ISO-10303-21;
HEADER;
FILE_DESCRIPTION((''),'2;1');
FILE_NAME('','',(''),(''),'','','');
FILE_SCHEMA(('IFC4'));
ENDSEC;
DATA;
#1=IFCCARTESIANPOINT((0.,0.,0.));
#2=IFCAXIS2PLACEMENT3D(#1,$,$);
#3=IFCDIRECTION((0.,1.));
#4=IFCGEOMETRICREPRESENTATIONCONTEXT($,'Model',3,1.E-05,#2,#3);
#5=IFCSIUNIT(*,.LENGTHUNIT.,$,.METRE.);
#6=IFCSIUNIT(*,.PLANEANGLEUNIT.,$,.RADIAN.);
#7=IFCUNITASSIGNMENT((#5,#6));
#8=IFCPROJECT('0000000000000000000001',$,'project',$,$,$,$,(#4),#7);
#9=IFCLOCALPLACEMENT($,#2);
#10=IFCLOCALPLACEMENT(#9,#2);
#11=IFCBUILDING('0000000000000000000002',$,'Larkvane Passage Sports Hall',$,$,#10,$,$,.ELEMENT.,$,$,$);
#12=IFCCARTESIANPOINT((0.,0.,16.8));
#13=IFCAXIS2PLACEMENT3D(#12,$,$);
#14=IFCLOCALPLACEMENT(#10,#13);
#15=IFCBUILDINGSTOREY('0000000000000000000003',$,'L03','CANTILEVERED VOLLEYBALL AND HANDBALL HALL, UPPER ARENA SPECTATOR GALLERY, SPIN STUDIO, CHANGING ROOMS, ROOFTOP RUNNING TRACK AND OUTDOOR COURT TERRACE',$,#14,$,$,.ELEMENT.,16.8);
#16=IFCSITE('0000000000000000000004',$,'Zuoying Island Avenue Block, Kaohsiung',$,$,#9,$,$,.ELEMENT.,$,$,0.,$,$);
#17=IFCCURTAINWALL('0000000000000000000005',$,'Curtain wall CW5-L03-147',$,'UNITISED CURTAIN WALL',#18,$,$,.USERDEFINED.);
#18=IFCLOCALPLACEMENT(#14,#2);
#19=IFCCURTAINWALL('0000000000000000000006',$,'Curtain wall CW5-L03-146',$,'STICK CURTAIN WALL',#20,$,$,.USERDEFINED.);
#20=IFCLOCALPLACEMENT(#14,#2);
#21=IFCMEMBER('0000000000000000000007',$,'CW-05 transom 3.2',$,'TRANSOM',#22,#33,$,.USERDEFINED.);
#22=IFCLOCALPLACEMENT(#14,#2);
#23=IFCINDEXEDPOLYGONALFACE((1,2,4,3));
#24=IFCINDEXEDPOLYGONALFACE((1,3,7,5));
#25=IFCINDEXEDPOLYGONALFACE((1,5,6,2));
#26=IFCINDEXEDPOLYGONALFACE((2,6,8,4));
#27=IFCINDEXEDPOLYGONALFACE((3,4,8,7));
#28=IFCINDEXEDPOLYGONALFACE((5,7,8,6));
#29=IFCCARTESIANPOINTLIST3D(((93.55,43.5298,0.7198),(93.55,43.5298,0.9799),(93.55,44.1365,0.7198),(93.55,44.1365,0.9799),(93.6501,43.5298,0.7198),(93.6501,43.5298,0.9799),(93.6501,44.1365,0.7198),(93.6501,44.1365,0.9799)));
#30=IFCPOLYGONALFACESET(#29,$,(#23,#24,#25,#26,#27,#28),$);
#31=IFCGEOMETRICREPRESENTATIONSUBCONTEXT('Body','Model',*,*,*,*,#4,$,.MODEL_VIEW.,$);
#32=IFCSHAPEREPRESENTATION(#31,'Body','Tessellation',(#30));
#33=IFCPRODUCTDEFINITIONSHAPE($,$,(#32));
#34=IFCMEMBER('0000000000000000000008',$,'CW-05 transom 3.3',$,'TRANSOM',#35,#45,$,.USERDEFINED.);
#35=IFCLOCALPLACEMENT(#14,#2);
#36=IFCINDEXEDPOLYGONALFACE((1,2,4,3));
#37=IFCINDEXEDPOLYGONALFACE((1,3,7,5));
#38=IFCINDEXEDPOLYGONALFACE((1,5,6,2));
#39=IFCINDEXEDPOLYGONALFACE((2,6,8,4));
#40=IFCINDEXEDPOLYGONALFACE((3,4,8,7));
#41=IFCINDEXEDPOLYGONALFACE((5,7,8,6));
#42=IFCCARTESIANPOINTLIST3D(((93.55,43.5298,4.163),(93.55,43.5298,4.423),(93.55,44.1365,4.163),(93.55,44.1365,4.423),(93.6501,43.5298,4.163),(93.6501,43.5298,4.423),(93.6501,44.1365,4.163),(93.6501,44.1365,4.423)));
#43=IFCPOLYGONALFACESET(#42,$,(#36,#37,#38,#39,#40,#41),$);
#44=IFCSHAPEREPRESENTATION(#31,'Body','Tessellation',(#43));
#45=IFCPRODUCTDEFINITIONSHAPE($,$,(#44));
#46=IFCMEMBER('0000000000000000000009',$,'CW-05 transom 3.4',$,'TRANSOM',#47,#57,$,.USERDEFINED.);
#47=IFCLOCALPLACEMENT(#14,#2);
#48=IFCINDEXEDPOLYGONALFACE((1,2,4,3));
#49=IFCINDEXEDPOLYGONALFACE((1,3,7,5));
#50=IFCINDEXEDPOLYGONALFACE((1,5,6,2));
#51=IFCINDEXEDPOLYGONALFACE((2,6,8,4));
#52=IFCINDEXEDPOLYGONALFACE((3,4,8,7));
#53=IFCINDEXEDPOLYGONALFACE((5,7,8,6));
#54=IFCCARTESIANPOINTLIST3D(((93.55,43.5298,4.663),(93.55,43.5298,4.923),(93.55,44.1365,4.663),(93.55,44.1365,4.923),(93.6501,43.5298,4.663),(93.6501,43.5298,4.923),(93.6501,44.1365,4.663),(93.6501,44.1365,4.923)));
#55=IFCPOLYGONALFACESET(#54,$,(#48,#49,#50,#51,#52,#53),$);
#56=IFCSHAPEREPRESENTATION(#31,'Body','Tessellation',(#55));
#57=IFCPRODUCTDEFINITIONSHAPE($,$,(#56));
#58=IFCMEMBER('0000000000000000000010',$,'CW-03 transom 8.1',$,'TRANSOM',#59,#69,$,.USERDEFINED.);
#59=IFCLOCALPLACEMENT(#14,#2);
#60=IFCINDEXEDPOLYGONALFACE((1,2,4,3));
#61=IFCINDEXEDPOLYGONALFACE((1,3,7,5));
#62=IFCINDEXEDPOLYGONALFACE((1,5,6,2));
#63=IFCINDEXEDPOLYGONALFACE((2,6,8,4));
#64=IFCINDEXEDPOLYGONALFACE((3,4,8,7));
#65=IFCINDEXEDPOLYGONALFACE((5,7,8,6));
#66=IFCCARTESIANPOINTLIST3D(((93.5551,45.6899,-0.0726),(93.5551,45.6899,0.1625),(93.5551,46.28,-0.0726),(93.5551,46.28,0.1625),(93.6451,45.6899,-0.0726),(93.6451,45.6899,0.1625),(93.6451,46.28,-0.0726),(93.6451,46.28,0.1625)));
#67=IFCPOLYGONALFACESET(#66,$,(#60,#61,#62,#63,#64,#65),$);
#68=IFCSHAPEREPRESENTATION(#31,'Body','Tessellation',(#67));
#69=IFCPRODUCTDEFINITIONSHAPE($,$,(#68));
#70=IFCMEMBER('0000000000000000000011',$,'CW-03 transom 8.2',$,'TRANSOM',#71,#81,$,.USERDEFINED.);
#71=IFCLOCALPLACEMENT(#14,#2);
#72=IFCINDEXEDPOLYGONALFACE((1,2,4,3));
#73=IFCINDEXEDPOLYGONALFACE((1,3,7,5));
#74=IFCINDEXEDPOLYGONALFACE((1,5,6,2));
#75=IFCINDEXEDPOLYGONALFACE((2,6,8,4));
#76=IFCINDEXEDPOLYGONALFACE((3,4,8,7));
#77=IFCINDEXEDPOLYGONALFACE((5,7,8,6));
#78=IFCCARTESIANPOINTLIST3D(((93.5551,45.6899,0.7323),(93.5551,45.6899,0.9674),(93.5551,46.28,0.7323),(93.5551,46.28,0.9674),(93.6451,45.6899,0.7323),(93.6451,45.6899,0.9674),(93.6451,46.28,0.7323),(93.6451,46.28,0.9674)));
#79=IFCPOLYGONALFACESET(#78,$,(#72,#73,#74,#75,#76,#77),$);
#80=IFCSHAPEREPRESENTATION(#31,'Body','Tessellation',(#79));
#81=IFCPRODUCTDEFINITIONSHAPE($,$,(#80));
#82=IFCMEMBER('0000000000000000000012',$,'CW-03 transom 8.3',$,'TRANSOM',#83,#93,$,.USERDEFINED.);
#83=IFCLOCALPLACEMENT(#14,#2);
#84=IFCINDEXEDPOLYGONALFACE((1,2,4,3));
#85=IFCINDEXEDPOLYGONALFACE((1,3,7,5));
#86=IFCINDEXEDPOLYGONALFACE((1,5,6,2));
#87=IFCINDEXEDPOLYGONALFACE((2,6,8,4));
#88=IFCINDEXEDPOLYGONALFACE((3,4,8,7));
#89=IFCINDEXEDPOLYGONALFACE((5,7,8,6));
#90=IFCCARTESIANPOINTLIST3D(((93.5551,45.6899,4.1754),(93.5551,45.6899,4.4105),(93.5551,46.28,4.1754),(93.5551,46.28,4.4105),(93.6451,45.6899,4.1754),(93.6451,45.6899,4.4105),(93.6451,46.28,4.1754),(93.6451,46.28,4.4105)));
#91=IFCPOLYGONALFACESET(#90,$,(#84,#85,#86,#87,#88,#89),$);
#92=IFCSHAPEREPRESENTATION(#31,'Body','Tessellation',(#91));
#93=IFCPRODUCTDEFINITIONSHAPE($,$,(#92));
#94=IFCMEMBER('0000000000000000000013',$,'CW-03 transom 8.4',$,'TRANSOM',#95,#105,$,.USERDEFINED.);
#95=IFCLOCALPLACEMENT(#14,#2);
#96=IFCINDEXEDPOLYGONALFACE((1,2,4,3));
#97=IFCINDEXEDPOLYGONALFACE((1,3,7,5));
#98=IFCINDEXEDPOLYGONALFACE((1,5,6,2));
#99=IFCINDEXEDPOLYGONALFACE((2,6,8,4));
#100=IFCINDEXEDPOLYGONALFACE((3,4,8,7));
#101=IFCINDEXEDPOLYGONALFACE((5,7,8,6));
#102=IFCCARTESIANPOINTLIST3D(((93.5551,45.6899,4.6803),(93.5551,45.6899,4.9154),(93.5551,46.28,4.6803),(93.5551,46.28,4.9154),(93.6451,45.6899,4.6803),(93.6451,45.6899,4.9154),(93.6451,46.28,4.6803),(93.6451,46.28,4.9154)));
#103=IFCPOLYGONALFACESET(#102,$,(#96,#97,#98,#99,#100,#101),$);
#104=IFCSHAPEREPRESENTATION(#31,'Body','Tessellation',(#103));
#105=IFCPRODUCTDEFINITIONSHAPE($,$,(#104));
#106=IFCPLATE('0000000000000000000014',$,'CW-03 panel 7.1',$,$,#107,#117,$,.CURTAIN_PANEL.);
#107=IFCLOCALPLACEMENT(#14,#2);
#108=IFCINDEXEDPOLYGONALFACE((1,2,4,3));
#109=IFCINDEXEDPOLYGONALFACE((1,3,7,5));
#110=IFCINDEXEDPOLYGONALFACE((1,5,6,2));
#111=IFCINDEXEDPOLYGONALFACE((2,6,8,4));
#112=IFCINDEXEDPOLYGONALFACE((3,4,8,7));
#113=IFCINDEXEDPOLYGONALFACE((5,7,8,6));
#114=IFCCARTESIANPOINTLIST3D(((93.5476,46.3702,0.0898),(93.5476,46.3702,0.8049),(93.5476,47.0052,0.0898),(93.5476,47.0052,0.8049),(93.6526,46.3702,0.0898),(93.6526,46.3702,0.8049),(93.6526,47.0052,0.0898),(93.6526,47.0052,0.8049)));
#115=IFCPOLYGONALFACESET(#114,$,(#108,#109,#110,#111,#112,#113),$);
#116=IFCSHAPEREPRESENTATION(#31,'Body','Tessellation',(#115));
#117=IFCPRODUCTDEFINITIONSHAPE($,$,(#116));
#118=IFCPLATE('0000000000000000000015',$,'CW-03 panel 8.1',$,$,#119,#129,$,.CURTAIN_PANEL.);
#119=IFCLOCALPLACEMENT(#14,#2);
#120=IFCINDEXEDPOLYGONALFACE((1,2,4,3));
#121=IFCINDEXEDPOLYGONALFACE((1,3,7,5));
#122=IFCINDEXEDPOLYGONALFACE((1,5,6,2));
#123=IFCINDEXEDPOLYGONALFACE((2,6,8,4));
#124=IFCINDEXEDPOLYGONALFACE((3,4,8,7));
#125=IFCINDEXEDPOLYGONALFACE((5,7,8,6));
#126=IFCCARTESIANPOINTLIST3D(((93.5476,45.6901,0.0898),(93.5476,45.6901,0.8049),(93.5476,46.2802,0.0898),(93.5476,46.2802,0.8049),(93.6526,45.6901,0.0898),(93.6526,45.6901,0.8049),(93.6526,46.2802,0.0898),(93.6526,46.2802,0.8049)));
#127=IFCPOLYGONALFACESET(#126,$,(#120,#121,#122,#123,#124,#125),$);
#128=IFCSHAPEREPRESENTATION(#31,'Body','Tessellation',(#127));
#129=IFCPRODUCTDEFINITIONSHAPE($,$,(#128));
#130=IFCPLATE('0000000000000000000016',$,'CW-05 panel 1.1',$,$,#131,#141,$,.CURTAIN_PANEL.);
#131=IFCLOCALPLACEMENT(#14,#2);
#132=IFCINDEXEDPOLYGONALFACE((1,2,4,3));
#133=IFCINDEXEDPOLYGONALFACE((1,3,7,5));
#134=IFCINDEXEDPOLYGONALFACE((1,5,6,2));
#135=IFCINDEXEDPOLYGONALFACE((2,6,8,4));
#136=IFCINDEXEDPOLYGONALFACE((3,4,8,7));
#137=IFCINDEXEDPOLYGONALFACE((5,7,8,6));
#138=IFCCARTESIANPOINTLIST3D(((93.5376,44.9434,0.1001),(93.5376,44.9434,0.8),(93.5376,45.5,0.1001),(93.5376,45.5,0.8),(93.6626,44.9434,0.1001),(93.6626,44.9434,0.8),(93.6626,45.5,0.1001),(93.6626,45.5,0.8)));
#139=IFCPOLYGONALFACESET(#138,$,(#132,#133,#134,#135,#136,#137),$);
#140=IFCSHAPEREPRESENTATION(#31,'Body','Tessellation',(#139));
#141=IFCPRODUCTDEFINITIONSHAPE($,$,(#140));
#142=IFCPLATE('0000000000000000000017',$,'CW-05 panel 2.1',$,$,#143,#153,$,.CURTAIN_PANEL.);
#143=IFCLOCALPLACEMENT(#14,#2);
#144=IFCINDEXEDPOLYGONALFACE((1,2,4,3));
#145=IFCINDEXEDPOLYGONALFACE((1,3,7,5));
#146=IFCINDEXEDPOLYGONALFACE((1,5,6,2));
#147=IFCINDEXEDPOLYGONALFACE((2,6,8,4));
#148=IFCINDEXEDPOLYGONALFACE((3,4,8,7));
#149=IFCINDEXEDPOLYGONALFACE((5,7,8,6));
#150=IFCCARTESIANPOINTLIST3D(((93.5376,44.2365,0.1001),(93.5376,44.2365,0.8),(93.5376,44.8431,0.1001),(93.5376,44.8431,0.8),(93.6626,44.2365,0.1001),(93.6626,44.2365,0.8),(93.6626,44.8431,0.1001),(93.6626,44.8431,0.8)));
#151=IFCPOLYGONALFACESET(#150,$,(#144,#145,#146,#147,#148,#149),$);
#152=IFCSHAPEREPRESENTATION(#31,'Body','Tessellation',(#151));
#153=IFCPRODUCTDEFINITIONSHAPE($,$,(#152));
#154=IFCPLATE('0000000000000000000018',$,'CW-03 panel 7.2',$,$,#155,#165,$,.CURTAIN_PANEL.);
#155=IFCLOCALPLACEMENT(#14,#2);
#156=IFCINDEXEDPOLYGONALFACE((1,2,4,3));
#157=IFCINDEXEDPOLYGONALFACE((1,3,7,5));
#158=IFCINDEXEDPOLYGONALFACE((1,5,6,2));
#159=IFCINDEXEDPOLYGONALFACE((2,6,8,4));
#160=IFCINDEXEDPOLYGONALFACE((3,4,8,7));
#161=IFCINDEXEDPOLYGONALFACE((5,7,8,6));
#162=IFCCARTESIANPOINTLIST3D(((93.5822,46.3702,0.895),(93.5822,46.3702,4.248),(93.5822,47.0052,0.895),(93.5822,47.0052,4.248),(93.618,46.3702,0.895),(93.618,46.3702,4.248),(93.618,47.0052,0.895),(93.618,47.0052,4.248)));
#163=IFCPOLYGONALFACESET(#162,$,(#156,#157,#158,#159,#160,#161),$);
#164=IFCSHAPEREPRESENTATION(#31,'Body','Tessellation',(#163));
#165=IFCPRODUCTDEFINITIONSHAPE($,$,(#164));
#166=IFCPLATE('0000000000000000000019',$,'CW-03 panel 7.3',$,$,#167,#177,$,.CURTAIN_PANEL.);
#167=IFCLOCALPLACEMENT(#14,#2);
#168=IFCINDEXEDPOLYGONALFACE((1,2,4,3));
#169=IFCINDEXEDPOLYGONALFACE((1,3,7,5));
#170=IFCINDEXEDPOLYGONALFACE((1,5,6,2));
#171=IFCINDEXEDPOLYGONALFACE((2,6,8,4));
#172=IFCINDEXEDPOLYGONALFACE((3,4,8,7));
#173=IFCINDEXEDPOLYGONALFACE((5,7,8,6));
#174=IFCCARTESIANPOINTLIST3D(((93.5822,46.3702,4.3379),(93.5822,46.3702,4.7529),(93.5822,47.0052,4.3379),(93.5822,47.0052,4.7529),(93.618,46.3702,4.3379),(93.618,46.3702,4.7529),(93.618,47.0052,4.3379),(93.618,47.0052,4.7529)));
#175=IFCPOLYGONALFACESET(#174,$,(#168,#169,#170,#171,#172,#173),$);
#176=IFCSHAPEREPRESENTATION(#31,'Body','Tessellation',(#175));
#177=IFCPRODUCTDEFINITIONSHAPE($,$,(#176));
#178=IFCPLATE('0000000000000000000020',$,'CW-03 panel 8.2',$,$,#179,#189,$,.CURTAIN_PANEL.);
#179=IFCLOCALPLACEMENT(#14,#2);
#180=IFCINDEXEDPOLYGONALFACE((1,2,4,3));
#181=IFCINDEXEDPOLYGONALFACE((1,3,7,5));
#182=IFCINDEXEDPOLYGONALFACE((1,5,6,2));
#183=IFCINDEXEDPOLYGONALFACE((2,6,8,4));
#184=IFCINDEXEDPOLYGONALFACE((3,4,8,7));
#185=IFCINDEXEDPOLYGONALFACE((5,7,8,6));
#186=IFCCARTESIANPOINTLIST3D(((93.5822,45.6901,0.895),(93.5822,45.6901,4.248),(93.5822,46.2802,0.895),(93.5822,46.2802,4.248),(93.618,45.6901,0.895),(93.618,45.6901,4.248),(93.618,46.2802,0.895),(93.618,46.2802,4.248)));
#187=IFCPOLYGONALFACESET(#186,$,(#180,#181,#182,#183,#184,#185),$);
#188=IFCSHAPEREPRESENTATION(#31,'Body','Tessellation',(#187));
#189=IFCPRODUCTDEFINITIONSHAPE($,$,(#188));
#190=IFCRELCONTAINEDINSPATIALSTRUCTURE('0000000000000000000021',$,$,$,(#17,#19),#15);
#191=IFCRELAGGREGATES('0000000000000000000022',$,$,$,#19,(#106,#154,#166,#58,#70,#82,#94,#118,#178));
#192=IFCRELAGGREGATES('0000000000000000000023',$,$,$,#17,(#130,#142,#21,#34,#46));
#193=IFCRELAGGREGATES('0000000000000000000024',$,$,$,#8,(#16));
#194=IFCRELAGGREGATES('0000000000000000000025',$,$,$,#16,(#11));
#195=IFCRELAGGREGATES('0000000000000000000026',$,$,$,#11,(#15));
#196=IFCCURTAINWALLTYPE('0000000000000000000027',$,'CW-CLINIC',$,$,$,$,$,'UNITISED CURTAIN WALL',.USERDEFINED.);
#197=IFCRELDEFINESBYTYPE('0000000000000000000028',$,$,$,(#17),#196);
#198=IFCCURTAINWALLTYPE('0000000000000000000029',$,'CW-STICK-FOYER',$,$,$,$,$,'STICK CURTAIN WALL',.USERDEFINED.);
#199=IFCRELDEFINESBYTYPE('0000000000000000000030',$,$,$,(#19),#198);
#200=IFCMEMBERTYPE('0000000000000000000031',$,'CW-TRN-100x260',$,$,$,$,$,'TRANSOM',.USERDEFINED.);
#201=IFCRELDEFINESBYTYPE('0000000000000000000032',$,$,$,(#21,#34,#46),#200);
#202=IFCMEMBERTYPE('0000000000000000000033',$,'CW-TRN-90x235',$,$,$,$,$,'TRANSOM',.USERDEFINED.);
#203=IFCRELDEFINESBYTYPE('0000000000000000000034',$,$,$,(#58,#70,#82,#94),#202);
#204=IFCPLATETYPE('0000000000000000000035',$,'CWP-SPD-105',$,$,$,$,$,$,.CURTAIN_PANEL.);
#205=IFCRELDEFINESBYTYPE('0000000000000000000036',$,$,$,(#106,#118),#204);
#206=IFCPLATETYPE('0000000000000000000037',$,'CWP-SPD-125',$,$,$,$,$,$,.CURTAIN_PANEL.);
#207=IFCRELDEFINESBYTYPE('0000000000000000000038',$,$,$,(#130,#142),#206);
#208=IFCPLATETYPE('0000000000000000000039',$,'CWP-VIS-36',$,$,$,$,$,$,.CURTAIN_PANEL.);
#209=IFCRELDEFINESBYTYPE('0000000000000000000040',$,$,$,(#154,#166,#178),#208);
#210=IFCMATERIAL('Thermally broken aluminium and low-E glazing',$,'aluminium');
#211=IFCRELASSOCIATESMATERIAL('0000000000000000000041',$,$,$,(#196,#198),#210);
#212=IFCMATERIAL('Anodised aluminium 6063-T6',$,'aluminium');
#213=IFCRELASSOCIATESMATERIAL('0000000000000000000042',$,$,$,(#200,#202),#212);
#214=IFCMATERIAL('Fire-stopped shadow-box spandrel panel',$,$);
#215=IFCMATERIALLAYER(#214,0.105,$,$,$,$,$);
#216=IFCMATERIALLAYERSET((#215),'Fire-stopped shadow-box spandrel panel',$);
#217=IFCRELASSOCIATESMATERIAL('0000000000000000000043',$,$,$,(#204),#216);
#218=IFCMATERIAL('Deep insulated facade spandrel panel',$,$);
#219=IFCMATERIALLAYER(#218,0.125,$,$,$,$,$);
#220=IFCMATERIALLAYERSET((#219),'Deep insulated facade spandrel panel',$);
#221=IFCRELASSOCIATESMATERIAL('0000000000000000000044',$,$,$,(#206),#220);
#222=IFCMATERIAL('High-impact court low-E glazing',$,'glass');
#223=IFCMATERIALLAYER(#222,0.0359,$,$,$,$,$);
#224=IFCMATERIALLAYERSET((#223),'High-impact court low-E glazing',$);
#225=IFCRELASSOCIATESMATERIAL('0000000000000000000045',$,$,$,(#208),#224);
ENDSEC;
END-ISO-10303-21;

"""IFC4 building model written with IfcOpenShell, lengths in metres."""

from ifc_helpers import new_model, si_unit, direction, frame, origin, origin_2d, place, context, subcontext, project, spatial, rectangle, extrude, material, layer, layer_set, material_profile, profile_set, type_object, element, aggregate, save


model = new_model("IFC4")

# Units and contexts
model_context = context("Model", 3, precision=1e-05, world=origin(), true_north=direction((0.0, 1.0)))
body_context = subcontext(model_context, "Body", "Model", "MODEL_VIEW")
ifc_project = project(units=[si_unit("LENGTHUNIT", "METRE"), si_unit("PLANEANGLEUNIT", "RADIAN")], contexts=[model_context])

# Site, building, storey
site_placement = place(None, origin())
site = spatial("IfcSite", under=ifc_project, at=site_placement, Name="Zuoying Island Avenue Block, Kaohsiung", CompositionType="ELEMENT", RefElevation=0.0)
building_placement = place(site_placement, origin())
building = spatial("IfcBuilding", under=site, at=building_placement, Name="Larkvane Passage Sports Hall", CompositionType="ELEMENT")
storey_placement = place(building_placement, frame((0.0, 0.0, 16.8)))
storey = spatial("IfcBuildingStorey", under=building, at=storey_placement, Name="L03", Description="CANTILEVERED VOLLEYBALL AND HANDBALL HALL, UPPER ARENA SPECTATOR GALLERY, SPIN STUDIO, CHANGING ROOMS, ROOFTOP RUNNING TRACK AND OUTDOOR COURT TERRACE", CompositionType="ELEMENT", Elevation=16.8)

# Curtain walls
ifc_material_1 = material(Name="Thermally broken aluminium and low-E glazing", Category="aluminium")
curtain_wall_type_1 = type_object("IfcCurtainWallType", Name="CW-CLINIC", ElementType="UNITISED CURTAIN WALL", PredefinedType="USERDEFINED", material=ifc_material_1)
curtain_wall_1_placement = place(storey_placement, origin())
curtain_wall_1 = element("IfcCurtainWall", 1, at=curtain_wall_1_placement, inside=storey, type_object=curtain_wall_type_1, Name="Curtain wall CW5-L03-147", ObjectType="UNITISED CURTAIN WALL", PredefinedType="USERDEFINED")
ifc_material_2 = material(Name="Anodised aluminium 6063-T6", Category="aluminium")
curtain_wall_type_2 = type_object("IfcCurtainWallType", Name="CW-STICK-FOYER", ElementType="STICK CURTAIN WALL", PredefinedType="USERDEFINED", material=ifc_material_1)
curtain_wall_2_placement = place(storey_placement, origin())
curtain_wall_2 = element("IfcCurtainWall", 2, at=curtain_wall_2_placement, inside=storey, type_object=curtain_wall_type_2, Name="Curtain wall CW5-L03-146", ObjectType="STICK CURTAIN WALL", PredefinedType="USERDEFINED")

# Members
ifc_material_profile_1 = material_profile(ifc_material_2, rectangle(XDim=0.1001, YDim=0.26, at=origin_2d()), Name="ALU-TRN-100x260")
ifc_profile_set_1 = profile_set([ifc_material_profile_1], Name="Anodised aluminium 6063-T6")
member_type_1 = type_object("IfcMemberType", Name="CW-TRN-100x260", ElementType="TRANSOM", PredefinedType="USERDEFINED", material=ifc_profile_set_1)
member_1_placement = place(storey_placement, frame((93.6001, 44.1365, 0.8499), z_axis=(0.0, -1.0, 0.0), x_axis=(1.0, 0.0, 0.0)))
member_1 = element("IfcMember", 3, at=member_1_placement, type_object=member_type_1, Name="CW-05 transom 3.2", ObjectType="TRANSOM", PredefinedType="USERDEFINED", context=body_context, shape_type="SweptSolid", body=[
    extrude(rectangle(XDim=0.1001, YDim=0.26, at=origin_2d()), origin(), (0.0, 0.0, 1.0), 0.6067),
])
member_2_placement = place(storey_placement, frame((93.6001, 44.1365, 4.293), z_axis=(0.0, -1.0, 0.0), x_axis=(1.0, 0.0, 0.0)))
member_2 = element("IfcMember", 4, at=member_2_placement, type_object=member_type_1, Name="CW-05 transom 3.3", ObjectType="TRANSOM", PredefinedType="USERDEFINED", context=body_context, shape_type="SweptSolid", body=[
    extrude(rectangle(XDim=0.1001, YDim=0.26, at=origin_2d()), origin(), (0.0, 0.0, 1.0), 0.6067),
])
member_3_placement = place(storey_placement, frame((93.6001, 44.1365, 4.793), z_axis=(0.0, -1.0, 0.0), x_axis=(1.0, 0.0, 0.0)))
member_3 = element("IfcMember", 5, at=member_3_placement, type_object=member_type_1, Name="CW-05 transom 3.4", ObjectType="TRANSOM", PredefinedType="USERDEFINED", context=body_context, shape_type="SweptSolid", body=[
    extrude(rectangle(XDim=0.1001, YDim=0.26, at=origin_2d()), origin(), (0.0, 0.0, 1.0), 0.6067),
])
ifc_material_profile_2 = material_profile(ifc_material_2, rectangle(XDim=0.0901, YDim=0.2351, at=origin_2d()), Name="ALU-TRN-90x235")
ifc_profile_set_2 = profile_set([ifc_material_profile_2], Name="Anodised aluminium 6063-T6")
member_type_2 = type_object("IfcMemberType", Name="CW-TRN-90x235", ElementType="TRANSOM", PredefinedType="USERDEFINED", material=ifc_profile_set_2)
member_4_placement = place(storey_placement, frame((93.6001, 46.28, 0.0449), z_axis=(0.0, -1.0, 0.0), x_axis=(1.0, 0.0, 0.0)))
member_4 = element("IfcMember", 6, at=member_4_placement, type_object=member_type_2, Name="CW-03 transom 8.1", ObjectType="TRANSOM", PredefinedType="USERDEFINED", context=body_context, shape_type="SweptSolid", body=[
    extrude(rectangle(XDim=0.0901, YDim=0.2351, at=origin_2d()), origin(), (0.0, 0.0, 1.0), 0.5901),
])
member_5_placement = place(storey_placement, frame((93.6001, 46.28, 0.8499), z_axis=(0.0, -1.0, 0.0), x_axis=(1.0, 0.0, 0.0)))
member_5 = element("IfcMember", 7, at=member_5_placement, type_object=member_type_2, Name="CW-03 transom 8.2", ObjectType="TRANSOM", PredefinedType="USERDEFINED", context=body_context, shape_type="SweptSolid", body=[
    extrude(rectangle(XDim=0.0901, YDim=0.2351, at=origin_2d()), origin(), (0.0, 0.0, 1.0), 0.5901),
])
member_6_placement = place(storey_placement, frame((93.6001, 46.28, 4.293), z_axis=(0.0, -1.0, 0.0), x_axis=(1.0, 0.0, 0.0)))
member_6 = element("IfcMember", 8, at=member_6_placement, type_object=member_type_2, Name="CW-03 transom 8.3", ObjectType="TRANSOM", PredefinedType="USERDEFINED", context=body_context, shape_type="SweptSolid", body=[
    extrude(rectangle(XDim=0.0901, YDim=0.2351, at=origin_2d()), origin(), (0.0, 0.0, 1.0), 0.5901),
])
member_7_placement = place(storey_placement, frame((93.6001, 46.28, 4.7979), z_axis=(0.0, -1.0, 0.0), x_axis=(1.0, 0.0, 0.0)))
member_7 = element("IfcMember", 9, at=member_7_placement, type_object=member_type_2, Name="CW-03 transom 8.4", ObjectType="TRANSOM", PredefinedType="USERDEFINED", context=body_context, shape_type="SweptSolid", body=[
    extrude(rectangle(XDim=0.0901, YDim=0.2351, at=origin_2d()), origin(), (0.0, 0.0, 1.0), 0.5901),
])

# Plates
ifc_material_3 = material(Name="Fire-stopped shadow-box spandrel panel")
ifc_layer_1 = layer(ifc_material_3, 0.105)
ifc_layer_set_1 = layer_set([ifc_layer_1], Name="Fire-stopped shadow-box spandrel panel")
plate_type_1 = type_object("IfcPlateType", Name="CWP-SPD-105", PredefinedType="CURTAIN_PANEL", material=ifc_layer_set_1)
plate_1_placement = place(storey_placement, frame((93.6001, 46.6877, 0.0898), z_axis=(0.0, 0.0, 1.0), x_axis=(0.0, -1.0, 0.0)))
plate_1 = element("IfcPlate", 10, at=plate_1_placement, type_object=plate_type_1, Name="CW-03 panel 7.1", PredefinedType="CURTAIN_PANEL", context=body_context, shape_type="SweptSolid", body=[
    extrude(rectangle(XDim=0.635, YDim=0.105, at=origin_2d()), origin(), (0.0, 0.0, 1.0), 0.7151),
])
plate_2_placement = place(storey_placement, frame((93.6001, 45.9851, 0.0898), z_axis=(0.0, 0.0, 1.0), x_axis=(0.0, -1.0, 0.0)))
plate_2 = element("IfcPlate", 11, at=plate_2_placement, type_object=plate_type_1, Name="CW-03 panel 8.1", PredefinedType="CURTAIN_PANEL", context=body_context, shape_type="SweptSolid", body=[
    extrude(rectangle(XDim=0.5901, YDim=0.105, at=origin_2d()), origin(), (0.0, 0.0, 1.0), 0.7151),
])
ifc_material_4 = material(Name="Deep insulated facade spandrel panel")
ifc_layer_2 = layer(ifc_material_4, 0.125)
ifc_layer_set_2 = layer_set([ifc_layer_2], Name="Deep insulated facade spandrel panel")
plate_type_2 = type_object("IfcPlateType", Name="CWP-SPD-125", PredefinedType="CURTAIN_PANEL", material=ifc_layer_set_2)
plate_3_placement = place(storey_placement, frame((93.6001, 45.2217, 0.1001), z_axis=(0.0, 0.0, 1.0), x_axis=(0.0, -1.0, 0.0)))
plate_3 = element("IfcPlate", 12, at=plate_3_placement, type_object=plate_type_2, Name="CW-05 panel 1.1", PredefinedType="CURTAIN_PANEL", context=body_context, shape_type="SweptSolid", body=[
    extrude(rectangle(XDim=0.5566, YDim=0.125, at=origin_2d()), origin(), (0.0, 0.0, 1.0), 0.7),
])
plate_4_placement = place(storey_placement, frame((93.6001, 44.5398, 0.1001), z_axis=(0.0, 0.0, 1.0), x_axis=(0.0, -1.0, 0.0)))
plate_4 = element("IfcPlate", 13, at=plate_4_placement, type_object=plate_type_2, Name="CW-05 panel 2.1", PredefinedType="CURTAIN_PANEL", context=body_context, shape_type="SweptSolid", body=[
    extrude(rectangle(XDim=0.6067, YDim=0.125, at=origin_2d()), origin(), (0.0, 0.0, 1.0), 0.7),
])
ifc_material_5 = material(Name="High-impact court low-E glazing", Category="glass")
ifc_layer_3 = layer(ifc_material_5, 0.0359)
ifc_layer_set_3 = layer_set([ifc_layer_3], Name="High-impact court low-E glazing")
plate_type_3 = type_object("IfcPlateType", Name="CWP-VIS-36", PredefinedType="CURTAIN_PANEL", material=ifc_layer_set_3)
plate_5_placement = place(storey_placement, frame((93.6001, 46.6877, 0.895), z_axis=(0.0, 0.0, 1.0), x_axis=(0.0, -1.0, 0.0)))
plate_5 = element("IfcPlate", 14, at=plate_5_placement, type_object=plate_type_3, Name="CW-03 panel 7.2", PredefinedType="CURTAIN_PANEL", context=body_context, shape_type="SweptSolid", body=[
    extrude(rectangle(XDim=0.635, YDim=0.0359, at=origin_2d()), origin(), (0.0, 0.0, 1.0), 3.353),
])
plate_6_placement = place(storey_placement, frame((93.6001, 46.6877, 4.3379), z_axis=(0.0, 0.0, 1.0), x_axis=(0.0, -1.0, 0.0)))
plate_6 = element("IfcPlate", 15, at=plate_6_placement, type_object=plate_type_3, Name="CW-03 panel 7.3", PredefinedType="CURTAIN_PANEL", context=body_context, shape_type="SweptSolid", body=[
    extrude(rectangle(XDim=0.635, YDim=0.0359, at=origin_2d()), origin(), (0.0, 0.0, 1.0), 0.415),
])
plate_7_placement = place(storey_placement, frame((93.6001, 45.9851, 0.895), z_axis=(0.0, 0.0, 1.0), x_axis=(0.0, -1.0, 0.0)))
plate_7 = element("IfcPlate", 16, at=plate_7_placement, type_object=plate_type_3, Name="CW-03 panel 8.2", PredefinedType="CURTAIN_PANEL", context=body_context, shape_type="SweptSolid", body=[
    extrude(rectangle(XDim=0.5901, YDim=0.0359, at=origin_2d()), origin(), (0.0, 0.0, 1.0), 3.353),
])
aggregate(curtain_wall_2, [plate_1, plate_5, plate_6, member_4, member_5, member_6, member_7, plate_2, plate_7])
aggregate(curtain_wall_1, [plate_3, plate_4, member_1, member_2, member_3])

save(model, "model.ifc")
